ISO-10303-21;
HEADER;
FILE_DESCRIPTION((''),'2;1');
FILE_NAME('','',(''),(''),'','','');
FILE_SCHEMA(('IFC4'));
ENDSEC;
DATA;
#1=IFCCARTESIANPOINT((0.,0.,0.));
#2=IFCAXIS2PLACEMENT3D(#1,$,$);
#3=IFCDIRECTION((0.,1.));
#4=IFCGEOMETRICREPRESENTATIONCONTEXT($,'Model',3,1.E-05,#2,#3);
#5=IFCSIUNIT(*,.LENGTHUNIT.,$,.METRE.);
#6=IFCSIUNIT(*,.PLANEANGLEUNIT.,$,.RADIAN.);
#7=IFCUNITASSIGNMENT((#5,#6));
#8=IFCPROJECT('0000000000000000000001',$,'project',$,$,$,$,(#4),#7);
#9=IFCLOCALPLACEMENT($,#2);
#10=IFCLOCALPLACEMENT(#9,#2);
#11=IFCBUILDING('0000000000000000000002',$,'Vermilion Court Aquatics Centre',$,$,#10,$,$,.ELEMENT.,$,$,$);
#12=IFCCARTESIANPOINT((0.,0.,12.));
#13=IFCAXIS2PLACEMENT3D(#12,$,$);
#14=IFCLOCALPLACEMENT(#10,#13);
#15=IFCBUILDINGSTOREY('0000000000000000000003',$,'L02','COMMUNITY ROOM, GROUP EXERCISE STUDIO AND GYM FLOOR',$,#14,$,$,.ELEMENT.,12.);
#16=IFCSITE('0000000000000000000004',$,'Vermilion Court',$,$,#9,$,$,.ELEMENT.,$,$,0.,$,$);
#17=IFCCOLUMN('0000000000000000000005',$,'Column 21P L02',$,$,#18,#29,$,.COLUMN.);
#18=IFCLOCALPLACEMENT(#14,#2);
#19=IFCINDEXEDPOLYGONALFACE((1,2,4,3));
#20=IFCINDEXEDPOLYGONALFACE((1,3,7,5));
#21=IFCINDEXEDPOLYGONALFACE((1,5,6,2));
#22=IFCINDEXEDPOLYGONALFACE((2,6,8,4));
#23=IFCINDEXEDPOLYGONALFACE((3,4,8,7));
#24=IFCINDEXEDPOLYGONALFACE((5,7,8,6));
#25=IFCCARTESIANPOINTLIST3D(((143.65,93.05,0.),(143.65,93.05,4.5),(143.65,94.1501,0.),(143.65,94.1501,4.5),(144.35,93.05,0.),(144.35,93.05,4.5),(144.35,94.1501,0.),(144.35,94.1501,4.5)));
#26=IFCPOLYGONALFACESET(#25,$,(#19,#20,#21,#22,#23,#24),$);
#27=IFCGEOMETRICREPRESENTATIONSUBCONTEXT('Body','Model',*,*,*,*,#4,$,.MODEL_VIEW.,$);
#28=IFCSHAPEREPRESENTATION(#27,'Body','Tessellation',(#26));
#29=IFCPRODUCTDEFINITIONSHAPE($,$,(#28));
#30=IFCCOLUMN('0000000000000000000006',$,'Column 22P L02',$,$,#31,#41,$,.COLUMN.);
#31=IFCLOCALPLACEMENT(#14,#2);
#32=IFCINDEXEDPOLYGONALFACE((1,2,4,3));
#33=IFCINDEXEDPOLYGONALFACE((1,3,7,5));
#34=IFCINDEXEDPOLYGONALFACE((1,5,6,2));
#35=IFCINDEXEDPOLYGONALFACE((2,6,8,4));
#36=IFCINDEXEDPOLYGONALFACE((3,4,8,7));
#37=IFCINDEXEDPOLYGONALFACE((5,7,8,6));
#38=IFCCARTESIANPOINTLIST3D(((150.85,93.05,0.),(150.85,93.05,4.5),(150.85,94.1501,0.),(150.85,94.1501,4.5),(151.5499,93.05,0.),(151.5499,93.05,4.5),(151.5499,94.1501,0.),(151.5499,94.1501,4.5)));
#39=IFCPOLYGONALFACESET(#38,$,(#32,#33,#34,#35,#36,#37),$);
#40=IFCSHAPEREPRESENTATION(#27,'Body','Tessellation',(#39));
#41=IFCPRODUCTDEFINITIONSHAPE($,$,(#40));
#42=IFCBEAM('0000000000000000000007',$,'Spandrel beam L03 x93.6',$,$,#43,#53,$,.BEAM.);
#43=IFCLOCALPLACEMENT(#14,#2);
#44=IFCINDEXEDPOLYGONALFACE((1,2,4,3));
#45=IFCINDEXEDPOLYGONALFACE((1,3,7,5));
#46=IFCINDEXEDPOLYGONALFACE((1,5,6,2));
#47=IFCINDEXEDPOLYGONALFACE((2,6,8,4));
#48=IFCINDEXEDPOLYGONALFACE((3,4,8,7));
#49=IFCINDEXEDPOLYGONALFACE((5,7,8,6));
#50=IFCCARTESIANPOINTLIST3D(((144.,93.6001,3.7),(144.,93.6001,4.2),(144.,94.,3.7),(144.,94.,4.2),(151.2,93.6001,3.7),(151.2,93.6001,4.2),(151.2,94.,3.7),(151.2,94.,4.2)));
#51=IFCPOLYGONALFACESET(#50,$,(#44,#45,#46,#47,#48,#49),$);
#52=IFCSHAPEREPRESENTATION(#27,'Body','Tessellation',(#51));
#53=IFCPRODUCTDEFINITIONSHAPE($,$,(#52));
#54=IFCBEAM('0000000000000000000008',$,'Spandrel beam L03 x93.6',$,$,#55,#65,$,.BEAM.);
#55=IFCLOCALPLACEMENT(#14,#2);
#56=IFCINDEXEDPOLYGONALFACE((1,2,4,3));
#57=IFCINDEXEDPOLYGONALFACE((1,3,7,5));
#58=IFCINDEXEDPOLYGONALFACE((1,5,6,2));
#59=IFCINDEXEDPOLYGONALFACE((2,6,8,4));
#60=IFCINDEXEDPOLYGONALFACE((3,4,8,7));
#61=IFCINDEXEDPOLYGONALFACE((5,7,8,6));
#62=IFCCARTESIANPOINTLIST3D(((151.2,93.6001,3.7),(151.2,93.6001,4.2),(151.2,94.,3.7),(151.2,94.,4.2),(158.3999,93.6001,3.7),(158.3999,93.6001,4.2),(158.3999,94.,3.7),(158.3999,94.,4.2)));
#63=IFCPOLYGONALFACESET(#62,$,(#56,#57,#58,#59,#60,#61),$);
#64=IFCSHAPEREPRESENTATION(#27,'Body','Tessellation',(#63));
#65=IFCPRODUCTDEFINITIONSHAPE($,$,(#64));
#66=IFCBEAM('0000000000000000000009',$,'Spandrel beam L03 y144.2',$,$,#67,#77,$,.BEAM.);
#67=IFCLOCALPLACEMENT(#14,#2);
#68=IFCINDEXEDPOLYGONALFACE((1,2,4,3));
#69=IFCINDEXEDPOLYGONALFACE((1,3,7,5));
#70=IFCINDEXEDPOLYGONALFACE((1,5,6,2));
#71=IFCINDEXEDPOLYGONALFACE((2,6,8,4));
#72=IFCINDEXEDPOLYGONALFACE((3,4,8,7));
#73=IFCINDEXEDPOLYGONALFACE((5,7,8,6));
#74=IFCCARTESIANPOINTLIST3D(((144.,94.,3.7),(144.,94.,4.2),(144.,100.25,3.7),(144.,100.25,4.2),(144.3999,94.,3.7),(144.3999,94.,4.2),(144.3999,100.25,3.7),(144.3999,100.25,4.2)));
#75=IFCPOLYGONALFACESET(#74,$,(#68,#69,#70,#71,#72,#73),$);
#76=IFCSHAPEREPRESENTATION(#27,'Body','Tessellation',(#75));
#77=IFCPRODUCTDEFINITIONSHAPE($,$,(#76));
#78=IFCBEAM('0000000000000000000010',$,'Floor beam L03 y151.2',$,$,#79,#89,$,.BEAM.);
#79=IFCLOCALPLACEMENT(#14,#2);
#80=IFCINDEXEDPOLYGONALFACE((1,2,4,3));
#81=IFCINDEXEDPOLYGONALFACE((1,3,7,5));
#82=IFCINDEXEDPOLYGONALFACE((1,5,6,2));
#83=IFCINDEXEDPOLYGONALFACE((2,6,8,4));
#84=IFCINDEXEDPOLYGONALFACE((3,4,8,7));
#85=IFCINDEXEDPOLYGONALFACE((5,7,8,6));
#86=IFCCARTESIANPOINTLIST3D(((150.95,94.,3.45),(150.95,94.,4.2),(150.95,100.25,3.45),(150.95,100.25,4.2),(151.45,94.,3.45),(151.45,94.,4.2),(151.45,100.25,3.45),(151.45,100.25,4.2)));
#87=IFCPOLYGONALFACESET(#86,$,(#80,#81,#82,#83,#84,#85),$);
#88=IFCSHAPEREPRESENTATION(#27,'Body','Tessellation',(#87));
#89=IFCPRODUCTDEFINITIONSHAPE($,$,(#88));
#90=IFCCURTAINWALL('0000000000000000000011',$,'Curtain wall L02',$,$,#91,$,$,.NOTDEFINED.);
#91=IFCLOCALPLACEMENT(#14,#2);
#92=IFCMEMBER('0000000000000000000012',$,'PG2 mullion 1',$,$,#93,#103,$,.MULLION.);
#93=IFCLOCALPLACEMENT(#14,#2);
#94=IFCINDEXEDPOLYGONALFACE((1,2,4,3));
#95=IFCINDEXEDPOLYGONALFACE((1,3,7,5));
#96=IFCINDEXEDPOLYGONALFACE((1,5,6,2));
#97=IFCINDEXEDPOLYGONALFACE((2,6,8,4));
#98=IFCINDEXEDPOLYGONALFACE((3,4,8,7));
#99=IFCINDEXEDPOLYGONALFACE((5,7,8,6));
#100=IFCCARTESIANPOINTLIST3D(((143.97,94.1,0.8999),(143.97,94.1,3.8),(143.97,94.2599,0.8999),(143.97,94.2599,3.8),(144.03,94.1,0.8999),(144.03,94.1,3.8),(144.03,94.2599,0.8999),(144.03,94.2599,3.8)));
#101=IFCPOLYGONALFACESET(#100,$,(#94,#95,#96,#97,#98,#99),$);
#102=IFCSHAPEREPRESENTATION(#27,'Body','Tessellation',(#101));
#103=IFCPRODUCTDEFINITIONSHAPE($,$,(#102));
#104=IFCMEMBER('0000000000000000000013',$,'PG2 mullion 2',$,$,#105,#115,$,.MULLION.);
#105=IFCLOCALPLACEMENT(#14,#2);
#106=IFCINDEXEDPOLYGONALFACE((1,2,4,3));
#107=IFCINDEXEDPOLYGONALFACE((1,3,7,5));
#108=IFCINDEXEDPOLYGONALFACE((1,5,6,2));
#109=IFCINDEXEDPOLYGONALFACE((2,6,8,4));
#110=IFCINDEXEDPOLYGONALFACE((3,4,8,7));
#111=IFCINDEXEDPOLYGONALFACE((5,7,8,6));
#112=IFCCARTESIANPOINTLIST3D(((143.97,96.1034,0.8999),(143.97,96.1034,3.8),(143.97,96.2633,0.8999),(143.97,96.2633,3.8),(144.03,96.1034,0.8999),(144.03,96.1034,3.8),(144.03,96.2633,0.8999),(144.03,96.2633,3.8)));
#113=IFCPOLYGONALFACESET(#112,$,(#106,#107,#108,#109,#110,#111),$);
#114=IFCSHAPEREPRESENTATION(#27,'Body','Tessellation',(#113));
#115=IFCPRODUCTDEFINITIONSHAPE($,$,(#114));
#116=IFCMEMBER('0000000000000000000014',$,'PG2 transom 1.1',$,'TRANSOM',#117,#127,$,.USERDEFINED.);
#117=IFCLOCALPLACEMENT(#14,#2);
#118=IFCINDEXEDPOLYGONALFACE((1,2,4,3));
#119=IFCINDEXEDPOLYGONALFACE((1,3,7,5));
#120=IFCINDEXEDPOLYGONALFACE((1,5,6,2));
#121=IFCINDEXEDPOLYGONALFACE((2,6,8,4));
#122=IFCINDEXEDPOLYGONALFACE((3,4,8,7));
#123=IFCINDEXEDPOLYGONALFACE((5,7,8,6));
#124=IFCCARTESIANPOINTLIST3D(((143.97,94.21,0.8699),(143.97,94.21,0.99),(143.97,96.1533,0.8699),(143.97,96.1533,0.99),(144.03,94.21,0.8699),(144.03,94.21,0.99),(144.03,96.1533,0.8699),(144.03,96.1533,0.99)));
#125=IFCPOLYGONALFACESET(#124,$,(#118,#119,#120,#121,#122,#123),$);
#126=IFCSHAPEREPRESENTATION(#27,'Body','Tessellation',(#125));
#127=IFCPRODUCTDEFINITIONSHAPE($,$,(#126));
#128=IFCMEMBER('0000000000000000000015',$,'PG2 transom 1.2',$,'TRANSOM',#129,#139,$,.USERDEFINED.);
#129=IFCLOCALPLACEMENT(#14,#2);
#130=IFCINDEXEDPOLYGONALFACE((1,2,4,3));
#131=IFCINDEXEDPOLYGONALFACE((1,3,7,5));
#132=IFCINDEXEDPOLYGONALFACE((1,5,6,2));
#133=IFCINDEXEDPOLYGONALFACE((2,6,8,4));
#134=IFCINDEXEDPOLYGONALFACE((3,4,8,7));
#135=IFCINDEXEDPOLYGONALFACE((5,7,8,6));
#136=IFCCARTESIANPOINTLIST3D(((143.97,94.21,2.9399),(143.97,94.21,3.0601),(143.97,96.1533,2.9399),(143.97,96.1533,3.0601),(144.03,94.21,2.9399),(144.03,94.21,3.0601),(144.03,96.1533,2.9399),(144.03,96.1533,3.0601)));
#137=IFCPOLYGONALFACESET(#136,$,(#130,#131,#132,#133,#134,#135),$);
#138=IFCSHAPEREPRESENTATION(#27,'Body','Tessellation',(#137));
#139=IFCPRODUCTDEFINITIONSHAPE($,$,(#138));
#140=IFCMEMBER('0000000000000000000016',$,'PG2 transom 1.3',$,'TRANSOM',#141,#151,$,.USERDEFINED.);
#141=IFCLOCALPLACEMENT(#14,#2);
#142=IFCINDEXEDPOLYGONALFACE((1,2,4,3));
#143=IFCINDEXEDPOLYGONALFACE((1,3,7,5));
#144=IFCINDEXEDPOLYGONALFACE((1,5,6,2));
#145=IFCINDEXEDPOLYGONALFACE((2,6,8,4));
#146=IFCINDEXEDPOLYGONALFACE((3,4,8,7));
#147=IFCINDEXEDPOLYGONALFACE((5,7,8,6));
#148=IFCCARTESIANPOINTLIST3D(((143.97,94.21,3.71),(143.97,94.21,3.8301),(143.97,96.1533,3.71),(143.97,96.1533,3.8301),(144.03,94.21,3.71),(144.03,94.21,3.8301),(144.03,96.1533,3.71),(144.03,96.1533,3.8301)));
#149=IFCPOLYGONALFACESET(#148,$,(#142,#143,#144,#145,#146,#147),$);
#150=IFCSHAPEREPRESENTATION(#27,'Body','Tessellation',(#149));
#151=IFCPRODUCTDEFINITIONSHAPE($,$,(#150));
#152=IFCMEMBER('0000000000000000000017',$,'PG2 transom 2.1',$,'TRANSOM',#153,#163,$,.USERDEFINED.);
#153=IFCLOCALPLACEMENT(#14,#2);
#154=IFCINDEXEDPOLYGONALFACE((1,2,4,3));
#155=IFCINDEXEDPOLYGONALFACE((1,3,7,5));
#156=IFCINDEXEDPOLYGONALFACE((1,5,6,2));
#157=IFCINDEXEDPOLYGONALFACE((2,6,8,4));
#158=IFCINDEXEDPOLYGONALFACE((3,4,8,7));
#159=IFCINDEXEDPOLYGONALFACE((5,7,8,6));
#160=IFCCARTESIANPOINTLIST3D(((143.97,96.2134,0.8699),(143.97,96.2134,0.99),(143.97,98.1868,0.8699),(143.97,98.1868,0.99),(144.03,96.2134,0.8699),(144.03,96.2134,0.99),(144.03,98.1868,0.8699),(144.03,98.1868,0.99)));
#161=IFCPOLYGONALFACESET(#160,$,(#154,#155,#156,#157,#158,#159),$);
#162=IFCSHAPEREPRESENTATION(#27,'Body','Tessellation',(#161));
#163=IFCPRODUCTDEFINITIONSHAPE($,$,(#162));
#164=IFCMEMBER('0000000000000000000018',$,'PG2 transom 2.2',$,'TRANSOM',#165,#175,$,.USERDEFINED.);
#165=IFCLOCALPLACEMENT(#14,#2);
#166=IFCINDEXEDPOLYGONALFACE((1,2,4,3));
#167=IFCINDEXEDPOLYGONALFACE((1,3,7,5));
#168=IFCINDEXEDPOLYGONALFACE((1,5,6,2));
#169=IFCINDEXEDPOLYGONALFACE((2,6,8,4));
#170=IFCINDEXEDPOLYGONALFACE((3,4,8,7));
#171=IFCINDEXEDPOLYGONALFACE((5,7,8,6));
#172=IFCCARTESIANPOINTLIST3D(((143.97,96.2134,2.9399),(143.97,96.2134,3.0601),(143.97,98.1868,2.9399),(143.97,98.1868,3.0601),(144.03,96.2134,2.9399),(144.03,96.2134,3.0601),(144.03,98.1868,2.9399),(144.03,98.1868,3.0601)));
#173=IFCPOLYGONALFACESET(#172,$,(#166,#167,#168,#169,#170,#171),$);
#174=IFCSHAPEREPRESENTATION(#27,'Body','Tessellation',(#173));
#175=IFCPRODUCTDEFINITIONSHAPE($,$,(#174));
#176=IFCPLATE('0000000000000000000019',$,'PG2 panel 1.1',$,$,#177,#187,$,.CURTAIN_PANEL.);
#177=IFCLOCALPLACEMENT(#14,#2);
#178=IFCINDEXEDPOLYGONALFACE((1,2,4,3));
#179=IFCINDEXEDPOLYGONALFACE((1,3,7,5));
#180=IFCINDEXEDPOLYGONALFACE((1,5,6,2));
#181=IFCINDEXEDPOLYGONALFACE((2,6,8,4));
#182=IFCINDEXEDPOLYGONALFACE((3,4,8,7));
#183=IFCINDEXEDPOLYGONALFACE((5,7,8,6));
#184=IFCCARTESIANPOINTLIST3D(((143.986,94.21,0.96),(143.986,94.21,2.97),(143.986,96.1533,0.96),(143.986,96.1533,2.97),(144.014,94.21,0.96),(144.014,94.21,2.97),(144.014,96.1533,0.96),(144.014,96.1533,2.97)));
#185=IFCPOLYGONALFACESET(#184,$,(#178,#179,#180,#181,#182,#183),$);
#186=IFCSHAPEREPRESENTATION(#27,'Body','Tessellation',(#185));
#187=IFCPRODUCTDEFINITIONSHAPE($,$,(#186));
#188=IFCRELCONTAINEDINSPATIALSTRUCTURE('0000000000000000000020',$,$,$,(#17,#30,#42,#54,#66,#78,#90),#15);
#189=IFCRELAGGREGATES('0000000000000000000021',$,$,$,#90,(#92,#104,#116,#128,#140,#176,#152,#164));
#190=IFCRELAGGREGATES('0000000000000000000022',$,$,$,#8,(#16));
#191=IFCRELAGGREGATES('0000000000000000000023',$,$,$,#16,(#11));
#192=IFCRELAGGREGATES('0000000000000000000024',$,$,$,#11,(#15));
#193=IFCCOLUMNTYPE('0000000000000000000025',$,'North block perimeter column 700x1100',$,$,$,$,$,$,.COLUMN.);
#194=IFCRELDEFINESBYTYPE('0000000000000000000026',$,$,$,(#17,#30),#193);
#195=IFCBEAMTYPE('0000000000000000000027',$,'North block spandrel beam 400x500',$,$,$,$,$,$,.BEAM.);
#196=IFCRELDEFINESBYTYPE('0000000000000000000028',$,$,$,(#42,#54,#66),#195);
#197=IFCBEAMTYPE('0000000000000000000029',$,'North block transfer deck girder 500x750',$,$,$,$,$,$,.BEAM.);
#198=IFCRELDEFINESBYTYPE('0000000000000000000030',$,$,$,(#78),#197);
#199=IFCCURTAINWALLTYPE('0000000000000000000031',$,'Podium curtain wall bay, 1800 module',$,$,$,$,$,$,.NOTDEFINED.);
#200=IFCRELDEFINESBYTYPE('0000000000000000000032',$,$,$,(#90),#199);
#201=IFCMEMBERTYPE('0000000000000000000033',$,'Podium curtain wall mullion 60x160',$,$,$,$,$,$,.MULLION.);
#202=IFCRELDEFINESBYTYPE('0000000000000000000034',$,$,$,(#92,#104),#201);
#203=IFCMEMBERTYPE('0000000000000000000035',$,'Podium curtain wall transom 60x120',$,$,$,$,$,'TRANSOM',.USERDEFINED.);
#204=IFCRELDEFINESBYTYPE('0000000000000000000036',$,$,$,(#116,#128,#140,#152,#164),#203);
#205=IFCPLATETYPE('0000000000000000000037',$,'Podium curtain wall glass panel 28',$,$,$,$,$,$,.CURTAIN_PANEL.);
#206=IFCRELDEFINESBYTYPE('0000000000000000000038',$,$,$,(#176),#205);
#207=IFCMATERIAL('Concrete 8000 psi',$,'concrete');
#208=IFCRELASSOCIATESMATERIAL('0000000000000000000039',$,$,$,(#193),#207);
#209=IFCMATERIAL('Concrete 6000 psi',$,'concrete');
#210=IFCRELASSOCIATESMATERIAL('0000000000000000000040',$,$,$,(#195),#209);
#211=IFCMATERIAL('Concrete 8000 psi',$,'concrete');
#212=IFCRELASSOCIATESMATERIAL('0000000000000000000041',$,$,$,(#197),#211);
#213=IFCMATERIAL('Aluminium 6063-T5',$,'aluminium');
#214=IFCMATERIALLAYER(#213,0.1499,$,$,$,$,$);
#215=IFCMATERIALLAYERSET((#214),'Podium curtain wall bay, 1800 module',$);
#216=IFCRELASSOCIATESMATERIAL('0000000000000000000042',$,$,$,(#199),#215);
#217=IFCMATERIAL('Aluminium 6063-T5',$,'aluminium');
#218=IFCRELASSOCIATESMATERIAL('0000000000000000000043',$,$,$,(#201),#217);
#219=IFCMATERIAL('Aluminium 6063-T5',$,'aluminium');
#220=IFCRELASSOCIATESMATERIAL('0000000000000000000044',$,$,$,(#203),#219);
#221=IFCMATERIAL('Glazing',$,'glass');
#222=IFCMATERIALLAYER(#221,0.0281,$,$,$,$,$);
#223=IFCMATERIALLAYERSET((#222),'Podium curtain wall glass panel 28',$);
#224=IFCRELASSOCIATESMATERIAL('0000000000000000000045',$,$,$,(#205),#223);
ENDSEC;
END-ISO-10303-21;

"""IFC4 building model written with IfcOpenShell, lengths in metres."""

from ifc_helpers import new_model, si_unit, direction, frame, origin, origin_2d, place, context, subcontext, project, spatial, rectangle, extrude, material, layer, layer_set, material_profile, profile_set, type_object, element, aggregate, save


model = new_model("IFC4")

# Units and contexts
model_context = context("Model", 3, precision=1e-05, world=origin(), true_north=direction((0.0, 1.0)))
body_context = subcontext(model_context, "Body", "Model", "MODEL_VIEW")
ifc_project = project(units=[si_unit("LENGTHUNIT", "METRE"), si_unit("PLANEANGLEUNIT", "RADIAN")], contexts=[model_context])

# Site, building, storey
site_placement = place(None, origin())
site = spatial("IfcSite", under=ifc_project, at=site_placement, Name="Vermilion Court", CompositionType="ELEMENT", RefElevation=0.0)
building_placement = place(site_placement, origin())
building = spatial("IfcBuilding", under=site, at=building_placement, Name="Vermilion Court Aquatics Centre", CompositionType="ELEMENT")
storey_placement = place(building_placement, frame((0.0, 0.0, 12.0)))
storey = spatial("IfcBuildingStorey", under=building, at=storey_placement, Name="L02", Description="COMMUNITY ROOM, GROUP EXERCISE STUDIO AND GYM FLOOR", CompositionType="ELEMENT", Elevation=12.0)

# Columns
ifc_material_1 = material(Name="Concrete 8000 psi", Category="concrete")
ifc_material_profile_1 = material_profile(ifc_material_1, rectangle(XDim=0.7, YDim=1.1001, at=origin_2d()), Name="RC 700x1100")
ifc_profile_set_1 = profile_set([ifc_material_profile_1], Name="Concrete 8000 psi")
column_type = type_object("IfcColumnType", Name="North block perimeter column 700x1100", PredefinedType="COLUMN", material=ifc_profile_set_1)
for number, where, z_axis, x_axis, name in (
    (1, (144.0, 93.6001, 0.0), (0.0, 0.0, 1.0), (1.0, 0.0, 0.0), "Column 21P L02"),
    (2, (151.2, 93.6001, 0.0), (0.0, 0.0, 1.0), (1.0, 0.0, 0.0), "Column 22P L02"),
):
    element("IfcColumn", number, at=place(storey_placement, frame(where, z_axis=z_axis, x_axis=x_axis)), inside=storey, type_object=column_type, Name=name, PredefinedType="COLUMN", context=body_context, shape_type="SweptSolid", body=[
        extrude(rectangle(XDim=0.7, YDim=1.1001, at=origin_2d()), origin(), (0.0, 0.0, 1.0), 4.5),
    ])

# Beams
ifc_material_2 = material(Name="Concrete 6000 psi", Category="concrete")
ifc_material_profile_2 = material_profile(ifc_material_2, rectangle(XDim=0.3999, YDim=0.5, at=origin_2d()), Name="RC 400x500")
ifc_profile_set_2 = profile_set([ifc_material_profile_2], Name="Concrete 6000 psi")
beam_type_1 = type_object("IfcBeamType", Name="North block spandrel beam 400x500", PredefinedType="BEAM", material=ifc_profile_set_2)
for number, where, z_axis, x_axis, name in (
    (3, (144.0, 93.8, 3.95), (1.0, 0.0, 0.0), (0.0, 1.0, 0.0), "Spandrel beam L03 x93.6"),
    (4, (151.2, 93.8, 3.95), (1.0, 0.0, 0.0), (0.0, 1.0, 0.0), "Spandrel beam L03 x93.6"),
):
    element("IfcBeam", number, at=place(storey_placement, frame(where, z_axis=z_axis, x_axis=x_axis)), inside=storey, type_object=beam_type_1, Name=name, PredefinedType="BEAM", context=body_context, shape_type="SweptSolid", body=[
        extrude(rectangle(XDim=0.3999, YDim=0.5, at=origin_2d()), origin(), (0.0, 0.0, 1.0), 7.2),
    ])
beam_1_placement = place(storey_placement, frame((144.2, 94.0, 3.95), z_axis=(0.0, 1.0, 0.0), x_axis=(-1.0, 0.0, 0.0)))
element("IfcBeam", 5, at=beam_1_placement, inside=storey, type_object=beam_type_1, Name="Spandrel beam L03 y144.2", PredefinedType="BEAM", context=body_context, shape_type="SweptSolid", body=[
    extrude(rectangle(XDim=0.3999, YDim=0.5, at=origin_2d()), origin(), (0.0, 0.0, 1.0), 6.25),
])
ifc_material_3 = material(Name="Concrete 8000 psi", Category="concrete")
ifc_material_profile_3 = material_profile(ifc_material_3, rectangle(XDim=0.5, YDim=0.75, at=origin_2d()), Name="RC 500x750")
ifc_profile_set_3 = profile_set([ifc_material_profile_3], Name="Concrete 8000 psi")
beam_type_2 = type_object("IfcBeamType", Name="North block transfer deck girder 500x750", PredefinedType="BEAM", material=ifc_profile_set_3)
beam_2_placement = place(storey_placement, frame((151.2, 94.0, 3.825), z_axis=(0.0, 1.0, 0.0), x_axis=(-1.0, 0.0, 0.0)))
element("IfcBeam", 6, at=beam_2_placement, inside=storey, type_object=beam_type_2, Name="Floor beam L03 y151.2", PredefinedType="BEAM", context=body_context, shape_type="SweptSolid", body=[
    extrude(rectangle(XDim=0.5, YDim=0.75, at=origin_2d()), origin(), (0.0, 0.0, 1.0), 6.25),
])

# Curtain wall, members, plate
ifc_material_4 = material(Name="Aluminium 6063-T5", Category="aluminium")
ifc_layer_1 = layer(ifc_material_4, 0.1499)
ifc_layer_set_1 = layer_set([ifc_layer_1], Name="Podium curtain wall bay, 1800 module")
curtain_wall_type = type_object("IfcCurtainWallType", Name="Podium curtain wall bay, 1800 module", PredefinedType="NOTDEFINED", material=ifc_layer_set_1)
curtain_wall_placement = place(storey_placement, origin())
curtain_wall = element("IfcCurtainWall", 7, at=curtain_wall_placement, inside=storey, type_object=curtain_wall_type, Name="Curtain wall L02", PredefinedType="NOTDEFINED")
ifc_material_5 = material(Name="Aluminium 6063-T5", Category="aluminium")
ifc_material_profile_4 = material_profile(ifc_material_5, rectangle(XDim=0.0601, YDim=0.1599, at=origin_2d()), Name="Mullion 60x160")
ifc_profile_set_4 = profile_set([ifc_material_profile_4], Name="Aluminium 6063-T5")
member_type_1 = type_object("IfcMemberType", Name="Podium curtain wall mullion 60x160", PredefinedType="MULLION", material=ifc_profile_set_4)
member_1_placement = place(storey_placement, frame((144.0, 94.1799, 0.8999), z_axis=(0.0, 0.0, 1.0), x_axis=(-1.0, 0.0, 0.0)))
member_1 = element("IfcMember", 8, at=member_1_placement, type_object=member_type_1, Name="PG2 mullion 1", PredefinedType="MULLION", context=body_context, shape_type="SweptSolid", body=[
    extrude(rectangle(XDim=0.0601, YDim=0.1599, at=origin_2d()), origin(), (0.0, 0.0, 1.0), 2.9001),
])
member_2_placement = place(storey_placement, frame((144.0, 96.1833, 0.8999), z_axis=(0.0, 0.0, 1.0), x_axis=(-1.0, 0.0, 0.0)))
member_2 = element("IfcMember", 9, at=member_2_placement, type_object=member_type_1, Name="PG2 mullion 2", PredefinedType="MULLION", context=body_context, shape_type="SweptSolid", body=[
    extrude(rectangle(XDim=0.0601, YDim=0.1599, at=origin_2d()), origin(), (0.0, 0.0, 1.0), 2.9001),
])
ifc_material_6 = material(Name="Aluminium 6063-T5", Category="aluminium")
ifc_material_profile_5 = material_profile(ifc_material_6, rectangle(XDim=0.0601, YDim=0.1201, at=origin_2d()), Name="Transom 60x120")
ifc_profile_set_5 = profile_set([ifc_material_profile_5], Name="Aluminium 6063-T5")
member_type_2 = type_object("IfcMemberType", Name="Podium curtain wall transom 60x120", ElementType="TRANSOM", PredefinedType="USERDEFINED", material=ifc_profile_set_5)
member_3_placement = place(storey_placement, frame((144.0, 94.21, 0.9299), z_axis=(0.0, 1.0, 0.0), x_axis=(-1.0, 0.0, 0.0)))
member_3 = element("IfcMember", 10, at=member_3_placement, type_object=member_type_2, Name="PG2 transom 1.1", ObjectType="TRANSOM", PredefinedType="USERDEFINED", context=body_context, shape_type="SweptSolid", body=[
    extrude(rectangle(XDim=0.0601, YDim=0.1201, at=origin_2d()), origin(), (0.0, 0.0, 1.0), 1.9434),
])
member_4_placement = place(storey_placement, frame((144.0, 94.21, 3.0), z_axis=(0.0, 1.0, 0.0), x_axis=(-1.0, 0.0, 0.0)))
member_4 = element("IfcMember", 11, at=member_4_placement, type_object=member_type_2, Name="PG2 transom 1.2", ObjectType="TRANSOM", PredefinedType="USERDEFINED", context=body_context, shape_type="SweptSolid", body=[
    extrude(rectangle(XDim=0.0601, YDim=0.1201, at=origin_2d()), origin(), (0.0, 0.0, 1.0), 1.9434),
])
member_5_placement = place(storey_placement, frame((144.0, 94.21, 3.77), z_axis=(0.0, 1.0, 0.0), x_axis=(-1.0, 0.0, 0.0)))
member_5 = element("IfcMember", 12, at=member_5_placement, type_object=member_type_2, Name="PG2 transom 1.3", ObjectType="TRANSOM", PredefinedType="USERDEFINED", context=body_context, shape_type="SweptSolid", body=[
    extrude(rectangle(XDim=0.0601, YDim=0.1201, at=origin_2d()), origin(), (0.0, 0.0, 1.0), 1.9434),
])
member_6_placement = place(storey_placement, frame((144.0, 96.2134, 0.9299), z_axis=(0.0, 1.0, 0.0), x_axis=(-1.0, 0.0, 0.0)))
member_6 = element("IfcMember", 13, at=member_6_placement, type_object=member_type_2, Name="PG2 transom 2.1", ObjectType="TRANSOM", PredefinedType="USERDEFINED", context=body_context, shape_type="SweptSolid", body=[
    extrude(rectangle(XDim=0.0601, YDim=0.1201, at=origin_2d()), origin(), (0.0, 0.0, 1.0), 1.9734),
])
member_7_placement = place(storey_placement, frame((144.0, 96.2134, 3.0), z_axis=(0.0, 1.0, 0.0), x_axis=(-1.0, 0.0, 0.0)))
member_7 = element("IfcMember", 14, at=member_7_placement, type_object=member_type_2, Name="PG2 transom 2.2", ObjectType="TRANSOM", PredefinedType="USERDEFINED", context=body_context, shape_type="SweptSolid", body=[
    extrude(rectangle(XDim=0.0601, YDim=0.1201, at=origin_2d()), origin(), (0.0, 0.0, 1.0), 1.9734),
])
ifc_material_7 = material(Name="Glazing", Category="glass")
ifc_layer_2 = layer(ifc_material_7, 0.0281)
ifc_layer_set_2 = layer_set([ifc_layer_2], Name="Podium curtain wall glass panel 28")
plate_type = type_object("IfcPlateType", Name="Podium curtain wall glass panel 28", PredefinedType="CURTAIN_PANEL", material=ifc_layer_set_2)
plate_1_placement = place(storey_placement, frame((144.0, 95.1816, 0.96), z_axis=(0.0, 0.0, 1.0), x_axis=(0.0, 1.0, 0.0)))
plate_1 = element("IfcPlate", 15, at=plate_1_placement, type_object=plate_type, Name="PG2 panel 1.1", PredefinedType="CURTAIN_PANEL", context=body_context, shape_type="SweptSolid", body=[
    extrude(rectangle(XDim=1.9434, YDim=0.0281, at=origin_2d()), origin(), (0.0, 0.0, 1.0), 2.01),
])
aggregate(curtain_wall, [member_1, member_2, member_3, member_4, member_5, plate_1, member_6, member_7])

save(model, "model.ifc")
